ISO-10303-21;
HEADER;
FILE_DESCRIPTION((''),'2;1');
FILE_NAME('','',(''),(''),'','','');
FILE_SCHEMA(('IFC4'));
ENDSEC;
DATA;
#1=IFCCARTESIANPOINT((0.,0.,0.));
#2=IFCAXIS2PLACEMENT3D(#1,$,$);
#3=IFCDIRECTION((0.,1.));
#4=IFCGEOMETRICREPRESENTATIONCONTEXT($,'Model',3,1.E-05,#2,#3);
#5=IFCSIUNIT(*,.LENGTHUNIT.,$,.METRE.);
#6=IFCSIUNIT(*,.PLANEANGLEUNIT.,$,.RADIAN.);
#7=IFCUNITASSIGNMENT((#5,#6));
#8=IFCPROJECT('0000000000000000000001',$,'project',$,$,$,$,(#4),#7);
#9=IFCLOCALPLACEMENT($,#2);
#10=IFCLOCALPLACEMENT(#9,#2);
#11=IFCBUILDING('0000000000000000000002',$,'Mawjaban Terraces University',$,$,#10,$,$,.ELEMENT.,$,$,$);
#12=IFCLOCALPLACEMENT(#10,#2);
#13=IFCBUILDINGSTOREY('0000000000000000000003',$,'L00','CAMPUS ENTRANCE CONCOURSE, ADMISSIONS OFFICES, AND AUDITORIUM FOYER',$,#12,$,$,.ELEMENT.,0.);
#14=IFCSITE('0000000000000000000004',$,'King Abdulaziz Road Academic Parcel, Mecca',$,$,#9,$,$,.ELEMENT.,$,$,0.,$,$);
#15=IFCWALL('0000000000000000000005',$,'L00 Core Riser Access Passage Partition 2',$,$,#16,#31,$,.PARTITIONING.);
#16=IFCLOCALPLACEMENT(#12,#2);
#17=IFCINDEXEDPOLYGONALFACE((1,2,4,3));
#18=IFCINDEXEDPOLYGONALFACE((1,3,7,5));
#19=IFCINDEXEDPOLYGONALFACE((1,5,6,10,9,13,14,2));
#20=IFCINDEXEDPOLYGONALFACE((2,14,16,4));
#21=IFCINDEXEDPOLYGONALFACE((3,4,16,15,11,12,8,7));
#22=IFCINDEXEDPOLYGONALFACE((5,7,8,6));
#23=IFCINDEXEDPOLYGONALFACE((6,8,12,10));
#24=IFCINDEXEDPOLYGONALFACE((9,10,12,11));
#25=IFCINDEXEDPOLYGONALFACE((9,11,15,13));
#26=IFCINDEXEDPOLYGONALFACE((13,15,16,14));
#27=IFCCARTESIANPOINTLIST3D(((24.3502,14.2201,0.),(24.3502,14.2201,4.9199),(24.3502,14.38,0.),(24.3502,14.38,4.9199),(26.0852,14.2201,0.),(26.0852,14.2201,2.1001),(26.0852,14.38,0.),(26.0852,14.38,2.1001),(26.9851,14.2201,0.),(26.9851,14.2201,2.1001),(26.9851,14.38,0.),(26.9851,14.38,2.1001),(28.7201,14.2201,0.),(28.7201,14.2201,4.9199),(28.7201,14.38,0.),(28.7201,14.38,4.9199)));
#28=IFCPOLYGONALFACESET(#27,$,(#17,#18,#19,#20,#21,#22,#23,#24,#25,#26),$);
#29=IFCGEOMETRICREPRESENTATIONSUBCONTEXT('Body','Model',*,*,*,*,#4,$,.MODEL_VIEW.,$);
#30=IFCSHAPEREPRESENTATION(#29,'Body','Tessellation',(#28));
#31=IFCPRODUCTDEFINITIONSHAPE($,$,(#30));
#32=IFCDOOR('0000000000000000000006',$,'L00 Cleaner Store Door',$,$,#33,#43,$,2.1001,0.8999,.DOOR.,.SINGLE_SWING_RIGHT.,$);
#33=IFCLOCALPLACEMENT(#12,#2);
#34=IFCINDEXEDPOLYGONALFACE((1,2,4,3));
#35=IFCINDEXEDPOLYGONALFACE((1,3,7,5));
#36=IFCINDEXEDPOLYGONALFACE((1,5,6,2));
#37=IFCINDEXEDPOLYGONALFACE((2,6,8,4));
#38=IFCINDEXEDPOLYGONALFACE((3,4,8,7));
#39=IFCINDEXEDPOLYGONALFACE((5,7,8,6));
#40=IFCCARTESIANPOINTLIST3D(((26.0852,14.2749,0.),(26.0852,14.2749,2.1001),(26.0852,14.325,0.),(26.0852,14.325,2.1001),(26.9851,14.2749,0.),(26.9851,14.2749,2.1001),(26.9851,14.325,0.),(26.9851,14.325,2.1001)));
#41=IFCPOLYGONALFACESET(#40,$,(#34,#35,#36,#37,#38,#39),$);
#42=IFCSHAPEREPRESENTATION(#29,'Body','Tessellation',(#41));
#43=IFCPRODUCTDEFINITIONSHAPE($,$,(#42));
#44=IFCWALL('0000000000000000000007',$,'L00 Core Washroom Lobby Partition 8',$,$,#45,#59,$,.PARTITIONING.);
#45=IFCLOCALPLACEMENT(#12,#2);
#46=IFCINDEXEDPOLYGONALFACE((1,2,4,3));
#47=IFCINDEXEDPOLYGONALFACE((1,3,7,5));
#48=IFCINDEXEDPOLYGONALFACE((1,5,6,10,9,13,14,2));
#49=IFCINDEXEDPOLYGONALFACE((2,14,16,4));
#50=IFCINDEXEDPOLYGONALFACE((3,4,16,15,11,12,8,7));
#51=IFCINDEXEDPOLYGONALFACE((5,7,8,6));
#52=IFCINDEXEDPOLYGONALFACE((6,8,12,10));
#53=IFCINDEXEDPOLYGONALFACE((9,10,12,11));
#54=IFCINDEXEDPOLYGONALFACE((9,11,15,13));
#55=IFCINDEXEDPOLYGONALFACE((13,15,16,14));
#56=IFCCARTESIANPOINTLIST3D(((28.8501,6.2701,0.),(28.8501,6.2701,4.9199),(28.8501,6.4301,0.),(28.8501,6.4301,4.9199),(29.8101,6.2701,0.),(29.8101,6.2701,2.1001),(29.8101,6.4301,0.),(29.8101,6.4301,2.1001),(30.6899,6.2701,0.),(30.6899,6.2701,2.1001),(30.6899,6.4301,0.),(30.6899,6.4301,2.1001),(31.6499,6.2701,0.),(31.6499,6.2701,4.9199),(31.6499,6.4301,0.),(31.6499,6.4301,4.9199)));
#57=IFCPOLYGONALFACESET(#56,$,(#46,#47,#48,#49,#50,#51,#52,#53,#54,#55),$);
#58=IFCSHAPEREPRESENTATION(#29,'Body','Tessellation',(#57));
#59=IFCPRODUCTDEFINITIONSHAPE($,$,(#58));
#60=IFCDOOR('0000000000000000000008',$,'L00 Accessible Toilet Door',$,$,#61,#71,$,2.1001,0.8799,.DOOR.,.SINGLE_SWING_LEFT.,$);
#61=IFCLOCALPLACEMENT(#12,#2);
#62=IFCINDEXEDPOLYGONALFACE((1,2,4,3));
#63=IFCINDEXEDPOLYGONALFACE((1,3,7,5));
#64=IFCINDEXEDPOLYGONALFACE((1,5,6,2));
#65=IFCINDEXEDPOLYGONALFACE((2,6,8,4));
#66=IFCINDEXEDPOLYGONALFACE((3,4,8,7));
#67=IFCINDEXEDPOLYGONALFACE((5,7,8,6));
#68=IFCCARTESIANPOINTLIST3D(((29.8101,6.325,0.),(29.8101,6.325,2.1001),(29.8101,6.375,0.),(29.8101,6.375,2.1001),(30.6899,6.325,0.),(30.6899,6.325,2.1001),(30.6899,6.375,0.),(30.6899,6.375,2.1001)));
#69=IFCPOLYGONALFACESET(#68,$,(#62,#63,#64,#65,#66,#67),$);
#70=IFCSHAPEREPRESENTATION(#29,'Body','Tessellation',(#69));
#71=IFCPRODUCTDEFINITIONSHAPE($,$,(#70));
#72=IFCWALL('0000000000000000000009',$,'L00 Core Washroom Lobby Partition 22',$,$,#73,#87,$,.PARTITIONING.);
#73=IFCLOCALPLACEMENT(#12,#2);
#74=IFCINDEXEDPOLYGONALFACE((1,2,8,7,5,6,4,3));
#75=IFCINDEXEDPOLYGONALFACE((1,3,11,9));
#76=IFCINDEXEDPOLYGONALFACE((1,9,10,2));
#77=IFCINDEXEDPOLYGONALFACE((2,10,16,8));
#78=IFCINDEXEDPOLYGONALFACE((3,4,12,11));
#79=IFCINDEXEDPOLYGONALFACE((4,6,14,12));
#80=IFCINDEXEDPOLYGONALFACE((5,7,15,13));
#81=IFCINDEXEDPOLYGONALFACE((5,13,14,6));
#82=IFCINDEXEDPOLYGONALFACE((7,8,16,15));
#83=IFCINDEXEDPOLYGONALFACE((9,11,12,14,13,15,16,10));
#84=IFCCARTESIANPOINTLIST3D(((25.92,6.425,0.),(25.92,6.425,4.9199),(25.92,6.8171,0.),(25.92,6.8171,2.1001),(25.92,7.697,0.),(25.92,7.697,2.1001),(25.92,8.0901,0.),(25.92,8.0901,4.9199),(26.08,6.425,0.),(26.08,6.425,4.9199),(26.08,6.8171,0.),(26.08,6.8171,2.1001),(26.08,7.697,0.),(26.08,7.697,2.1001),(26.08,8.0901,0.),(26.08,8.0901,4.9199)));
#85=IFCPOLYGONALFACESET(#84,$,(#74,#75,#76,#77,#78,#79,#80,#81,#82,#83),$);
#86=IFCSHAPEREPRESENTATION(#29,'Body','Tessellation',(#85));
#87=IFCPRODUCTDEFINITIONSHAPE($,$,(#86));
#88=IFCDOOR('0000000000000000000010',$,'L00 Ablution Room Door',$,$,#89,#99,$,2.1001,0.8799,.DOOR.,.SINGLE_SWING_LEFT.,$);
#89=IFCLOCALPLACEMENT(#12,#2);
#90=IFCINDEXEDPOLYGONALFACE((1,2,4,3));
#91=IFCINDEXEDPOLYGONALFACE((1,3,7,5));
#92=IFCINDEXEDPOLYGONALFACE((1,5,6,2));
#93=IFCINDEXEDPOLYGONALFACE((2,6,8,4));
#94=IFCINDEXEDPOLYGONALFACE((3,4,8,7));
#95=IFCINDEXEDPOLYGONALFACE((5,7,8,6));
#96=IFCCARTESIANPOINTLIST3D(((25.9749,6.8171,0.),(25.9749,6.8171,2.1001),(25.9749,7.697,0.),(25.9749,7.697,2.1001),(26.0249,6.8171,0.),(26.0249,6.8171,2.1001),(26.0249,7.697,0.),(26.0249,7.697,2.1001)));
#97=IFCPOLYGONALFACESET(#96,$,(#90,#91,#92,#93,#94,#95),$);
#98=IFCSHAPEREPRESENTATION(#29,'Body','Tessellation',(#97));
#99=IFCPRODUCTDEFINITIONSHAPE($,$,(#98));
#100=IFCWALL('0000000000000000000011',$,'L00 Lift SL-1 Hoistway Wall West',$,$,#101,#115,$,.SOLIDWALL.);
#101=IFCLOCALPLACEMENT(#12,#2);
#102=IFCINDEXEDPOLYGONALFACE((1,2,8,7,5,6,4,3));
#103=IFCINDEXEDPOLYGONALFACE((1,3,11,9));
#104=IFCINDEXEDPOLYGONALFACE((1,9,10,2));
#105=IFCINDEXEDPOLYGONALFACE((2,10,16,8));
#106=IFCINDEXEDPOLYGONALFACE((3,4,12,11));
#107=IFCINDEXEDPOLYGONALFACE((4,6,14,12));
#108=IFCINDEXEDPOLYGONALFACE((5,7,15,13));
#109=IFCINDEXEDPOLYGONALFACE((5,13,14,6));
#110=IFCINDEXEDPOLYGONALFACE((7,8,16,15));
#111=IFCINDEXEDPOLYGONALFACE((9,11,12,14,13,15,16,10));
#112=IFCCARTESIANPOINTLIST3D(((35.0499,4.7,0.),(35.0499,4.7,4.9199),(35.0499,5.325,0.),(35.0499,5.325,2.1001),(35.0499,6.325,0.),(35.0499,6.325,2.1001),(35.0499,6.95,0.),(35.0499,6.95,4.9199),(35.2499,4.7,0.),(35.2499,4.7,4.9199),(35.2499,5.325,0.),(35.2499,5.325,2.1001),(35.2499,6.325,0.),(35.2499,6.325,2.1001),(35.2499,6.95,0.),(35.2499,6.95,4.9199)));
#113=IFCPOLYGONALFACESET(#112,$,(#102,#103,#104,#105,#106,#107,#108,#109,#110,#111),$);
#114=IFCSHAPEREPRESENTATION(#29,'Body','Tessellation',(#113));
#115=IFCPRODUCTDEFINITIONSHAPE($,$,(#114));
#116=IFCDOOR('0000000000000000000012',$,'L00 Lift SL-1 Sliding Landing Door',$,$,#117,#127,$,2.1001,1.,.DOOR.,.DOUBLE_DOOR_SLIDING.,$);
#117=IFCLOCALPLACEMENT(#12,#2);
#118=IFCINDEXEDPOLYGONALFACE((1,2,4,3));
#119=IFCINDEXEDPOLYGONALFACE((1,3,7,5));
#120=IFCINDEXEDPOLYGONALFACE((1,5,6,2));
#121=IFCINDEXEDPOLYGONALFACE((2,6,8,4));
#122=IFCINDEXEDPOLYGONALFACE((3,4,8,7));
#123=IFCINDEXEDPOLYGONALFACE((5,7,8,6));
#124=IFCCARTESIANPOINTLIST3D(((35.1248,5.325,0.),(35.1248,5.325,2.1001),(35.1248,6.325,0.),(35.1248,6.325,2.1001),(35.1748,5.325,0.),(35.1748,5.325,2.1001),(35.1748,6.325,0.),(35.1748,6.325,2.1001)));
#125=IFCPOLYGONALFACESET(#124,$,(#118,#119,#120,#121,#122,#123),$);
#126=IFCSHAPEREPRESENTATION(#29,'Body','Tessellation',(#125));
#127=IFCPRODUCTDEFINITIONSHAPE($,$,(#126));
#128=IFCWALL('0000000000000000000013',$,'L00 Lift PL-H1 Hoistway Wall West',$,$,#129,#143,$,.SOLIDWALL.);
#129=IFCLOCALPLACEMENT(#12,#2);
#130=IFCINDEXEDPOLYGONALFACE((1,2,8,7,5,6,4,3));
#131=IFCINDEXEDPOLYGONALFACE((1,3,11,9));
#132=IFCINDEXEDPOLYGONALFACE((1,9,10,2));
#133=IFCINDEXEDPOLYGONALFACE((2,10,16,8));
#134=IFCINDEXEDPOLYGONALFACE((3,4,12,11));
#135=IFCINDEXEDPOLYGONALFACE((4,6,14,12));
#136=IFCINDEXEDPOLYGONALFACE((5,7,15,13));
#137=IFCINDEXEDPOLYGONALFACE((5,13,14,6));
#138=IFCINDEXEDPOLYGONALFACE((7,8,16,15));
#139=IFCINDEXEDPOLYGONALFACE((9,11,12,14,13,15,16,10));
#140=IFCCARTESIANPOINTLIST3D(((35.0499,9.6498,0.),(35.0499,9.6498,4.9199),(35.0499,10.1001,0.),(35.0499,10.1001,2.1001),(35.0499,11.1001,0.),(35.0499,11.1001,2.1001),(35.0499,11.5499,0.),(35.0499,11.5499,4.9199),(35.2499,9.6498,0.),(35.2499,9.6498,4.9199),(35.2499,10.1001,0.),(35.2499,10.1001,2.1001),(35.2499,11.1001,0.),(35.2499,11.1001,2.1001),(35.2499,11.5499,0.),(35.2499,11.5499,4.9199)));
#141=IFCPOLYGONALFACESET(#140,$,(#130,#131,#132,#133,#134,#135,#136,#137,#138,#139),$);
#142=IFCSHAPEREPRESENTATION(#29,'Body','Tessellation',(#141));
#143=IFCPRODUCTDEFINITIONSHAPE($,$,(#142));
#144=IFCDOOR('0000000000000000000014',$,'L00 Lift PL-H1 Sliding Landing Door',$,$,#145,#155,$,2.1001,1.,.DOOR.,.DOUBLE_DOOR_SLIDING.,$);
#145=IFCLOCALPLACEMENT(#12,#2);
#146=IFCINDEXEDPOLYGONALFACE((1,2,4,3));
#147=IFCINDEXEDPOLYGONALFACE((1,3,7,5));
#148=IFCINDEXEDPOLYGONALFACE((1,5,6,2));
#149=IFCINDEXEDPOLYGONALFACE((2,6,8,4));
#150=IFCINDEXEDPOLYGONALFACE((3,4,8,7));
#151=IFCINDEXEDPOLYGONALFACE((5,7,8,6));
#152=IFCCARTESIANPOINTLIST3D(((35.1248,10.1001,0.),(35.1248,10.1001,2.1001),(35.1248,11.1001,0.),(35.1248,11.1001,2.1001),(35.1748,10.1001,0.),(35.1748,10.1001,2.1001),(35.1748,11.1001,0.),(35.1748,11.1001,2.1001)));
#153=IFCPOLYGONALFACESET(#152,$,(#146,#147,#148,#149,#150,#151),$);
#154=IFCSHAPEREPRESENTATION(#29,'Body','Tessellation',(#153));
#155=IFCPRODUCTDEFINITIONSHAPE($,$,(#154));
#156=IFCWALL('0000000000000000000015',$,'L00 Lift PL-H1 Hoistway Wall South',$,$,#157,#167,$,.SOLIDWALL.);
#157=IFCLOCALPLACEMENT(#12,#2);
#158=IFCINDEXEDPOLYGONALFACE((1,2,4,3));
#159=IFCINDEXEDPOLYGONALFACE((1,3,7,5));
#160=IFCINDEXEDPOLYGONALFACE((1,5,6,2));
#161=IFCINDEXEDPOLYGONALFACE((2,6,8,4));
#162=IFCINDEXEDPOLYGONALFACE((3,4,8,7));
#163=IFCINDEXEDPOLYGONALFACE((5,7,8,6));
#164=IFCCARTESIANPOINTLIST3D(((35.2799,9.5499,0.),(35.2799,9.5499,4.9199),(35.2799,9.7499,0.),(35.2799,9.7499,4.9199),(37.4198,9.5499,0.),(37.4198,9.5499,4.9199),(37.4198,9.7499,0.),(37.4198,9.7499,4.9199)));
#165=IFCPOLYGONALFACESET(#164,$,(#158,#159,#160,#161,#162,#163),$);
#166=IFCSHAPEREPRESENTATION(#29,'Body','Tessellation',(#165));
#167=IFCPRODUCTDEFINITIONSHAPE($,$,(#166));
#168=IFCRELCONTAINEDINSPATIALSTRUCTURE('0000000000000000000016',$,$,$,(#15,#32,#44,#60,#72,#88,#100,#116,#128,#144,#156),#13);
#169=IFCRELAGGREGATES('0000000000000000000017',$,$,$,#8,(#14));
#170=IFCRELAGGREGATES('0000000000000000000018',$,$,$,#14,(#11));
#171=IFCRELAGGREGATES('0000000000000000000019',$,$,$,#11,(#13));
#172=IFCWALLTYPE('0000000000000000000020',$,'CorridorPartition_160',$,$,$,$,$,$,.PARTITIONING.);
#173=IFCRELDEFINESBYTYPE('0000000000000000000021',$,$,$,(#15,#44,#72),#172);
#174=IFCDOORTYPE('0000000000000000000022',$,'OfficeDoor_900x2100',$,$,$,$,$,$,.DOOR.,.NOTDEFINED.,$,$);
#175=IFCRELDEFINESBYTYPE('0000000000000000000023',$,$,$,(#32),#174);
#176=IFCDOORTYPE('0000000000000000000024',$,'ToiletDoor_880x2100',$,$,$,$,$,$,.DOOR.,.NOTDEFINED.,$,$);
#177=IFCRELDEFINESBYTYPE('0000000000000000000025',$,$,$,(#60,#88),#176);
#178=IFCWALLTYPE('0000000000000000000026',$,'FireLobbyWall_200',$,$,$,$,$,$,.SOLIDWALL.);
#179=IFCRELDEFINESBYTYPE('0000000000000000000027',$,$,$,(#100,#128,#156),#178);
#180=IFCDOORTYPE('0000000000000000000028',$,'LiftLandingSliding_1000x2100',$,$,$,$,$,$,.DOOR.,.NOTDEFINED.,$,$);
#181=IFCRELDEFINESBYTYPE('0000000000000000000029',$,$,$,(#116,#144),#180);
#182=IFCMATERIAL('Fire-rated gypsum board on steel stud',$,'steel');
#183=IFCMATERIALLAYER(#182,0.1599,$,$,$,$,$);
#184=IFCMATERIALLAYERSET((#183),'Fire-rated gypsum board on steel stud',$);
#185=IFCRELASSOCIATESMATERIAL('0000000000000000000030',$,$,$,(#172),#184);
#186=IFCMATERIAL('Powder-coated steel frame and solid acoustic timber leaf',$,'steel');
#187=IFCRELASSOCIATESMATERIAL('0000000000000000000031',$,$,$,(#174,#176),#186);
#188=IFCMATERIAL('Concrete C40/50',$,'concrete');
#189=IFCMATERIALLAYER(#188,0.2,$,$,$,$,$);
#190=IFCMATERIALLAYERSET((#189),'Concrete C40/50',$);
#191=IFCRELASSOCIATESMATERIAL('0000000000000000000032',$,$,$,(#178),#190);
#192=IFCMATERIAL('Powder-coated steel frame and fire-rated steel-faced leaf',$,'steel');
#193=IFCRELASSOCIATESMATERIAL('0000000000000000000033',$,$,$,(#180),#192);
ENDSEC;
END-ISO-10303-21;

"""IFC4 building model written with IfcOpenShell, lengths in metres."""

from ifc_helpers import new_model, si_unit, direction, frame, frame_2d, origin, place, context, subcontext, project, spatial, rectangle, extrude, material, layer, layer_set, type_object, element, fill, save


model = new_model("IFC4")

# Units and contexts
model_context = context("Model", 3, precision=1e-05, world=origin(), true_north=direction((0.0, 1.0)))
body_context = subcontext(model_context, "Body", "Model", "MODEL_VIEW")
ifc_project = project(units=[si_unit("LENGTHUNIT", "METRE"), si_unit("PLANEANGLEUNIT", "RADIAN")], contexts=[model_context])

# Site, building, storey
site_placement = place(None, origin())
site = spatial("IfcSite", under=ifc_project, at=site_placement, Name="King Abdulaziz Road Academic Parcel, Mecca", CompositionType="ELEMENT", RefElevation=0.0)
building_placement = place(site_placement, origin())
building = spatial("IfcBuilding", under=site, at=building_placement, Name="Mawjaban Terraces University", CompositionType="ELEMENT")
storey_placement = place(building_placement, origin())
storey = spatial("IfcBuildingStorey", under=building, at=storey_placement, Name="L00", Description="CAMPUS ENTRANCE CONCOURSE, ADMISSIONS OFFICES, AND AUDITORIUM FOYER", CompositionType="ELEMENT", Elevation=0.0)

# Walls, openings, doors
ifc_material_1 = material(Name="Fire-rated gypsum board on steel stud", Category="steel")
ifc_layer_1 = layer(ifc_material_1, 0.1599)
ifc_layer_set_1 = layer_set([ifc_layer_1], Name="Fire-rated gypsum board on steel stud")
wall_type_1 = type_object("IfcWallType", Name="CorridorPartition_160", PredefinedType="PARTITIONING", material=ifc_layer_set_1)
wall_1_placement = place(storey_placement, frame((24.3501, 14.3, 0.0), z_axis=(0.0, 0.0, 1.0), x_axis=(1.0, 0.0, 0.0)))
wall_1 = element("IfcWall", 1, at=wall_1_placement, inside=storey, type_object=wall_type_1, Name="L00 Core Riser Access Passage Partition 2", PredefinedType="PARTITIONING", context=body_context, shape_type="SweptSolid", body=[
    extrude(rectangle(XDim=4.3699, YDim=0.1599, at=frame_2d((2.1851, 0.0))), origin(), (0.0, 0.0, 1.0), 4.9199),
])
opening_1_placement = place(wall_1_placement, frame((1.7351, 0.0, 0.0)))
opening_1 = element("IfcOpeningElement", 2, at=opening_1_placement, cuts=wall_1, PredefinedType="OPENING", context=body_context, shape_type="SweptSolid", body=[
    extrude(rectangle(XDim=0.8999, YDim=2.1001, at=frame_2d((0.45, 1.05))), frame((0.0, 0.0898, 0.0), z_axis=(0.0, -1.0, 0.0), x_axis=(1.0, 0.0, 0.0)), (0.0, 0.0, 1.0), 0.1799),
])
ifc_material_2 = material(Name="Powder-coated steel frame and solid acoustic timber leaf", Category="steel")
door_type_1 = type_object("IfcDoorType", Name="OfficeDoor_900x2100", OperationType="NOTDEFINED", PredefinedType="DOOR", material=ifc_material_2)
door_1_placement = place(opening_1_placement, origin())
door_1 = element("IfcDoor", 3, at=door_1_placement, inside=storey, type_object=door_type_1, Name="L00 Cleaner Store Door", OperationType="SINGLE_SWING_RIGHT", OverallHeight=2.1001, OverallWidth=0.8999, PredefinedType="DOOR", context=body_context, shape_type="SweptSolid", body=[
    extrude(rectangle(XDim=0.8999, YDim=2.1001, at=frame_2d((0.45, 1.05))), frame((0.0, 0.0249, 0.0), z_axis=(0.0, -1.0, 0.0), x_axis=(1.0, 0.0, 0.0)), (0.0, 0.0, 1.0), 0.05),
])
fill(opening_1, door_1)
wall_2_placement = place(storey_placement, frame((28.8501, 6.3501, 0.0), z_axis=(0.0, 0.0, 1.0), x_axis=(1.0, 0.0, 0.0)))
wall_2 = element("IfcWall", 4, at=wall_2_placement, inside=storey, type_object=wall_type_1, Name="L00 Core Washroom Lobby Partition 8", PredefinedType="PARTITIONING", context=body_context, shape_type="SweptSolid", body=[
    extrude(rectangle(XDim=2.7998, YDim=0.1599, at=frame_2d((1.3999, 0.0))), origin(), (0.0, 0.0, 1.0), 4.9199),
])
opening_2_placement = place(wall_2_placement, frame((0.96, 0.0, 0.0)))
opening_2 = element("IfcOpeningElement", 5, at=opening_2_placement, cuts=wall_2, PredefinedType="OPENING", context=body_context, shape_type="SweptSolid", body=[
    extrude(rectangle(XDim=0.8799, YDim=2.1001, at=frame_2d((0.4399, 1.05))), frame((0.0, 0.0898, 0.0), z_axis=(0.0, -1.0, 0.0), x_axis=(1.0, 0.0, 0.0)), (0.0, 0.0, 1.0), 0.1799),
])
door_type_2 = type_object("IfcDoorType", Name="ToiletDoor_880x2100", OperationType="NOTDEFINED", PredefinedType="DOOR", material=ifc_material_2)
door_2_placement = place(opening_2_placement, origin())
door_2 = element("IfcDoor", 6, at=door_2_placement, inside=storey, type_object=door_type_2, Name="L00 Accessible Toilet Door", OperationType="SINGLE_SWING_LEFT", OverallHeight=2.1001, OverallWidth=0.8799, PredefinedType="DOOR", context=body_context, shape_type="SweptSolid", body=[
    extrude(rectangle(XDim=0.8799, YDim=2.1001, at=frame_2d((0.4399, 1.05))), frame((0.0, 0.0249, 0.0), z_axis=(0.0, -1.0, 0.0), x_axis=(1.0, 0.0, 0.0)), (0.0, 0.0, 1.0), 0.05),
])
fill(opening_2, door_2)
wall_3_placement = place(storey_placement, frame((26.0, 8.0901, 0.0), z_axis=(0.0, 0.0, 1.0), x_axis=(0.0, -1.0, 0.0)))
wall_3 = element("IfcWall", 7, at=wall_3_placement, inside=storey, type_object=wall_type_1, Name="L00 Core Washroom Lobby Partition 22", PredefinedType="PARTITIONING", context=body_context, shape_type="SweptSolid", body=[
    extrude(rectangle(XDim=1.665, YDim=0.1599, at=frame_2d((0.8325, 0.0))), origin(), (0.0, 0.0, 1.0), 4.9199),
])
opening_3_placement = place(wall_3_placement, frame((0.3931, 0.0, 0.0)))
opening_3 = element("IfcOpeningElement", 8, at=opening_3_placement, cuts=wall_3, PredefinedType="OPENING", context=body_context, shape_type="SweptSolid", body=[
    extrude(rectangle(XDim=0.8799, YDim=2.1001, at=frame_2d((0.4399, 1.05))), frame((0.0, 0.0898, 0.0), z_axis=(0.0, -1.0, 0.0), x_axis=(1.0, 0.0, 0.0)), (0.0, 0.0, 1.0), 0.1799),
])
door_3_placement = place(opening_3_placement, origin())
door_3 = element("IfcDoor", 9, at=door_3_placement, inside=storey, type_object=door_type_2, Name="L00 Ablution Room Door", OperationType="SINGLE_SWING_LEFT", OverallHeight=2.1001, OverallWidth=0.8799, PredefinedType="DOOR", context=body_context, shape_type="SweptSolid", body=[
    extrude(rectangle(XDim=0.8799, YDim=2.1001, at=frame_2d((0.4399, 1.05))), frame((0.0, 0.0249, 0.0), z_axis=(0.0, -1.0, 0.0), x_axis=(1.0, 0.0, 0.0)), (0.0, 0.0, 1.0), 0.05),
])
fill(opening_3, door_3)
ifc_material_3 = material(Name="Concrete C40/50", Category="concrete")
ifc_layer_2 = layer(ifc_material_3, 0.2)
ifc_layer_set_2 = layer_set([ifc_layer_2], Name="Concrete C40/50")
wall_type_2 = type_object("IfcWallType", Name="FireLobbyWall_200", PredefinedType="SOLIDWALL", material=ifc_layer_set_2)
wall_4_placement = place(storey_placement, frame((35.1499, 6.95, 0.0), z_axis=(0.0, 0.0, 1.0), x_axis=(0.0, -1.0, 0.0)))
wall_4 = element("IfcWall", 10, at=wall_4_placement, inside=storey, type_object=wall_type_2, Name="L00 Lift SL-1 Hoistway Wall West", PredefinedType="SOLIDWALL", context=body_context, shape_type="SweptSolid", body=[
    extrude(rectangle(XDim=2.25, YDim=0.2, at=frame_2d((1.125, 0.0))), origin(), (0.0, 0.0, 1.0), 4.9199),
])
opening_4_placement = place(wall_4_placement, frame((0.625, 0.0, 0.0)))
opening_4 = element("IfcOpeningElement", 11, at=opening_4_placement, cuts=wall_4, PredefinedType="OPENING", context=body_context, shape_type="SweptSolid", body=[
    extrude(rectangle(XDim=1.0, YDim=2.1001, at=frame_2d((0.5, 1.05))), frame((0.0, 0.1099, 0.0), z_axis=(0.0, -1.0, 0.0), x_axis=(1.0, 0.0, 0.0)), (0.0, 0.0, 1.0), 0.22),
])
ifc_material_4 = material(Name="Powder-coated steel frame and fire-rated steel-faced leaf", Category="steel")
door_type_3 = type_object("IfcDoorType", Name="LiftLandingSliding_1000x2100", OperationType="NOTDEFINED", PredefinedType="DOOR", material=ifc_material_4)
door_4_placement = place(opening_4_placement, origin())
door_4 = element("IfcDoor", 12, at=door_4_placement, inside=storey, type_object=door_type_3, Name="L00 Lift SL-1 Sliding Landing Door", OperationType="DOUBLE_DOOR_SLIDING", OverallHeight=2.1001, OverallWidth=1.0, PredefinedType="DOOR", context=body_context, shape_type="SweptSolid", body=[
    extrude(rectangle(XDim=1.0, YDim=2.1001, at=frame_2d((0.5, 1.05))), frame((0.0, 0.0249, 0.0), z_axis=(0.0, -1.0, 0.0), x_axis=(1.0, 0.0, 0.0)), (0.0, 0.0, 1.0), 0.05),
])
fill(opening_4, door_4)
wall_5_placement = place(storey_placement, frame((35.1499, 11.55, 0.0), z_axis=(0.0, 0.0, 1.0), x_axis=(0.0, -1.0, 0.0)))
wall_5 = element("IfcWall", 13, at=wall_5_placement, inside=storey, type_object=wall_type_2, Name="L00 Lift PL-H1 Hoistway Wall West", PredefinedType="SOLIDWALL", context=body_context, shape_type="SweptSolid", body=[
    extrude(rectangle(XDim=1.9001, YDim=0.2, at=frame_2d((0.9502, 0.0))), origin(), (0.0, 0.0, 1.0), 4.9199),
])
opening_5_placement = place(wall_5_placement, frame((0.45, 0.0, 0.0)))
opening_5 = element("IfcOpeningElement", 14, at=opening_5_placement, cuts=wall_5, PredefinedType="OPENING", context=body_context, shape_type="SweptSolid", body=[
    extrude(rectangle(XDim=1.0, YDim=2.1001, at=frame_2d((0.5, 1.05))), frame((0.0, 0.1099, 0.0), z_axis=(0.0, -1.0, 0.0), x_axis=(1.0, 0.0, 0.0)), (0.0, 0.0, 1.0), 0.22),
])
door_5_placement = place(opening_5_placement, origin())
door_5 = element("IfcDoor", 15, at=door_5_placement, inside=storey, type_object=door_type_3, Name="L00 Lift PL-H1 Sliding Landing Door", OperationType="DOUBLE_DOOR_SLIDING", OverallHeight=2.1001, OverallWidth=1.0, PredefinedType="DOOR", context=body_context, shape_type="SweptSolid", body=[
    extrude(rectangle(XDim=1.0, YDim=2.1001, at=frame_2d((0.5, 1.05))), frame((0.0, 0.0249, 0.0), z_axis=(0.0, -1.0, 0.0), x_axis=(1.0, 0.0, 0.0)), (0.0, 0.0, 1.0), 0.05),
])
fill(opening_5, door_5)

# Wall
wall_6_placement = place(storey_placement, frame((35.28, 9.6499, 0.0), z_axis=(0.0, 0.0, 1.0), x_axis=(1.0, 0.0, 0.0)))
element("IfcWall", 16, at=wall_6_placement, inside=storey, type_object=wall_type_2, Name="L00 Lift PL-H1 Hoistway Wall South", PredefinedType="SOLIDWALL", context=body_context, shape_type="SweptSolid", body=[
    extrude(rectangle(XDim=2.1399, YDim=0.2, at=frame_2d((1.0698, 0.0))), origin(), (0.0, 0.0, 1.0), 4.9199),
])

save(model, "model.ifc")
